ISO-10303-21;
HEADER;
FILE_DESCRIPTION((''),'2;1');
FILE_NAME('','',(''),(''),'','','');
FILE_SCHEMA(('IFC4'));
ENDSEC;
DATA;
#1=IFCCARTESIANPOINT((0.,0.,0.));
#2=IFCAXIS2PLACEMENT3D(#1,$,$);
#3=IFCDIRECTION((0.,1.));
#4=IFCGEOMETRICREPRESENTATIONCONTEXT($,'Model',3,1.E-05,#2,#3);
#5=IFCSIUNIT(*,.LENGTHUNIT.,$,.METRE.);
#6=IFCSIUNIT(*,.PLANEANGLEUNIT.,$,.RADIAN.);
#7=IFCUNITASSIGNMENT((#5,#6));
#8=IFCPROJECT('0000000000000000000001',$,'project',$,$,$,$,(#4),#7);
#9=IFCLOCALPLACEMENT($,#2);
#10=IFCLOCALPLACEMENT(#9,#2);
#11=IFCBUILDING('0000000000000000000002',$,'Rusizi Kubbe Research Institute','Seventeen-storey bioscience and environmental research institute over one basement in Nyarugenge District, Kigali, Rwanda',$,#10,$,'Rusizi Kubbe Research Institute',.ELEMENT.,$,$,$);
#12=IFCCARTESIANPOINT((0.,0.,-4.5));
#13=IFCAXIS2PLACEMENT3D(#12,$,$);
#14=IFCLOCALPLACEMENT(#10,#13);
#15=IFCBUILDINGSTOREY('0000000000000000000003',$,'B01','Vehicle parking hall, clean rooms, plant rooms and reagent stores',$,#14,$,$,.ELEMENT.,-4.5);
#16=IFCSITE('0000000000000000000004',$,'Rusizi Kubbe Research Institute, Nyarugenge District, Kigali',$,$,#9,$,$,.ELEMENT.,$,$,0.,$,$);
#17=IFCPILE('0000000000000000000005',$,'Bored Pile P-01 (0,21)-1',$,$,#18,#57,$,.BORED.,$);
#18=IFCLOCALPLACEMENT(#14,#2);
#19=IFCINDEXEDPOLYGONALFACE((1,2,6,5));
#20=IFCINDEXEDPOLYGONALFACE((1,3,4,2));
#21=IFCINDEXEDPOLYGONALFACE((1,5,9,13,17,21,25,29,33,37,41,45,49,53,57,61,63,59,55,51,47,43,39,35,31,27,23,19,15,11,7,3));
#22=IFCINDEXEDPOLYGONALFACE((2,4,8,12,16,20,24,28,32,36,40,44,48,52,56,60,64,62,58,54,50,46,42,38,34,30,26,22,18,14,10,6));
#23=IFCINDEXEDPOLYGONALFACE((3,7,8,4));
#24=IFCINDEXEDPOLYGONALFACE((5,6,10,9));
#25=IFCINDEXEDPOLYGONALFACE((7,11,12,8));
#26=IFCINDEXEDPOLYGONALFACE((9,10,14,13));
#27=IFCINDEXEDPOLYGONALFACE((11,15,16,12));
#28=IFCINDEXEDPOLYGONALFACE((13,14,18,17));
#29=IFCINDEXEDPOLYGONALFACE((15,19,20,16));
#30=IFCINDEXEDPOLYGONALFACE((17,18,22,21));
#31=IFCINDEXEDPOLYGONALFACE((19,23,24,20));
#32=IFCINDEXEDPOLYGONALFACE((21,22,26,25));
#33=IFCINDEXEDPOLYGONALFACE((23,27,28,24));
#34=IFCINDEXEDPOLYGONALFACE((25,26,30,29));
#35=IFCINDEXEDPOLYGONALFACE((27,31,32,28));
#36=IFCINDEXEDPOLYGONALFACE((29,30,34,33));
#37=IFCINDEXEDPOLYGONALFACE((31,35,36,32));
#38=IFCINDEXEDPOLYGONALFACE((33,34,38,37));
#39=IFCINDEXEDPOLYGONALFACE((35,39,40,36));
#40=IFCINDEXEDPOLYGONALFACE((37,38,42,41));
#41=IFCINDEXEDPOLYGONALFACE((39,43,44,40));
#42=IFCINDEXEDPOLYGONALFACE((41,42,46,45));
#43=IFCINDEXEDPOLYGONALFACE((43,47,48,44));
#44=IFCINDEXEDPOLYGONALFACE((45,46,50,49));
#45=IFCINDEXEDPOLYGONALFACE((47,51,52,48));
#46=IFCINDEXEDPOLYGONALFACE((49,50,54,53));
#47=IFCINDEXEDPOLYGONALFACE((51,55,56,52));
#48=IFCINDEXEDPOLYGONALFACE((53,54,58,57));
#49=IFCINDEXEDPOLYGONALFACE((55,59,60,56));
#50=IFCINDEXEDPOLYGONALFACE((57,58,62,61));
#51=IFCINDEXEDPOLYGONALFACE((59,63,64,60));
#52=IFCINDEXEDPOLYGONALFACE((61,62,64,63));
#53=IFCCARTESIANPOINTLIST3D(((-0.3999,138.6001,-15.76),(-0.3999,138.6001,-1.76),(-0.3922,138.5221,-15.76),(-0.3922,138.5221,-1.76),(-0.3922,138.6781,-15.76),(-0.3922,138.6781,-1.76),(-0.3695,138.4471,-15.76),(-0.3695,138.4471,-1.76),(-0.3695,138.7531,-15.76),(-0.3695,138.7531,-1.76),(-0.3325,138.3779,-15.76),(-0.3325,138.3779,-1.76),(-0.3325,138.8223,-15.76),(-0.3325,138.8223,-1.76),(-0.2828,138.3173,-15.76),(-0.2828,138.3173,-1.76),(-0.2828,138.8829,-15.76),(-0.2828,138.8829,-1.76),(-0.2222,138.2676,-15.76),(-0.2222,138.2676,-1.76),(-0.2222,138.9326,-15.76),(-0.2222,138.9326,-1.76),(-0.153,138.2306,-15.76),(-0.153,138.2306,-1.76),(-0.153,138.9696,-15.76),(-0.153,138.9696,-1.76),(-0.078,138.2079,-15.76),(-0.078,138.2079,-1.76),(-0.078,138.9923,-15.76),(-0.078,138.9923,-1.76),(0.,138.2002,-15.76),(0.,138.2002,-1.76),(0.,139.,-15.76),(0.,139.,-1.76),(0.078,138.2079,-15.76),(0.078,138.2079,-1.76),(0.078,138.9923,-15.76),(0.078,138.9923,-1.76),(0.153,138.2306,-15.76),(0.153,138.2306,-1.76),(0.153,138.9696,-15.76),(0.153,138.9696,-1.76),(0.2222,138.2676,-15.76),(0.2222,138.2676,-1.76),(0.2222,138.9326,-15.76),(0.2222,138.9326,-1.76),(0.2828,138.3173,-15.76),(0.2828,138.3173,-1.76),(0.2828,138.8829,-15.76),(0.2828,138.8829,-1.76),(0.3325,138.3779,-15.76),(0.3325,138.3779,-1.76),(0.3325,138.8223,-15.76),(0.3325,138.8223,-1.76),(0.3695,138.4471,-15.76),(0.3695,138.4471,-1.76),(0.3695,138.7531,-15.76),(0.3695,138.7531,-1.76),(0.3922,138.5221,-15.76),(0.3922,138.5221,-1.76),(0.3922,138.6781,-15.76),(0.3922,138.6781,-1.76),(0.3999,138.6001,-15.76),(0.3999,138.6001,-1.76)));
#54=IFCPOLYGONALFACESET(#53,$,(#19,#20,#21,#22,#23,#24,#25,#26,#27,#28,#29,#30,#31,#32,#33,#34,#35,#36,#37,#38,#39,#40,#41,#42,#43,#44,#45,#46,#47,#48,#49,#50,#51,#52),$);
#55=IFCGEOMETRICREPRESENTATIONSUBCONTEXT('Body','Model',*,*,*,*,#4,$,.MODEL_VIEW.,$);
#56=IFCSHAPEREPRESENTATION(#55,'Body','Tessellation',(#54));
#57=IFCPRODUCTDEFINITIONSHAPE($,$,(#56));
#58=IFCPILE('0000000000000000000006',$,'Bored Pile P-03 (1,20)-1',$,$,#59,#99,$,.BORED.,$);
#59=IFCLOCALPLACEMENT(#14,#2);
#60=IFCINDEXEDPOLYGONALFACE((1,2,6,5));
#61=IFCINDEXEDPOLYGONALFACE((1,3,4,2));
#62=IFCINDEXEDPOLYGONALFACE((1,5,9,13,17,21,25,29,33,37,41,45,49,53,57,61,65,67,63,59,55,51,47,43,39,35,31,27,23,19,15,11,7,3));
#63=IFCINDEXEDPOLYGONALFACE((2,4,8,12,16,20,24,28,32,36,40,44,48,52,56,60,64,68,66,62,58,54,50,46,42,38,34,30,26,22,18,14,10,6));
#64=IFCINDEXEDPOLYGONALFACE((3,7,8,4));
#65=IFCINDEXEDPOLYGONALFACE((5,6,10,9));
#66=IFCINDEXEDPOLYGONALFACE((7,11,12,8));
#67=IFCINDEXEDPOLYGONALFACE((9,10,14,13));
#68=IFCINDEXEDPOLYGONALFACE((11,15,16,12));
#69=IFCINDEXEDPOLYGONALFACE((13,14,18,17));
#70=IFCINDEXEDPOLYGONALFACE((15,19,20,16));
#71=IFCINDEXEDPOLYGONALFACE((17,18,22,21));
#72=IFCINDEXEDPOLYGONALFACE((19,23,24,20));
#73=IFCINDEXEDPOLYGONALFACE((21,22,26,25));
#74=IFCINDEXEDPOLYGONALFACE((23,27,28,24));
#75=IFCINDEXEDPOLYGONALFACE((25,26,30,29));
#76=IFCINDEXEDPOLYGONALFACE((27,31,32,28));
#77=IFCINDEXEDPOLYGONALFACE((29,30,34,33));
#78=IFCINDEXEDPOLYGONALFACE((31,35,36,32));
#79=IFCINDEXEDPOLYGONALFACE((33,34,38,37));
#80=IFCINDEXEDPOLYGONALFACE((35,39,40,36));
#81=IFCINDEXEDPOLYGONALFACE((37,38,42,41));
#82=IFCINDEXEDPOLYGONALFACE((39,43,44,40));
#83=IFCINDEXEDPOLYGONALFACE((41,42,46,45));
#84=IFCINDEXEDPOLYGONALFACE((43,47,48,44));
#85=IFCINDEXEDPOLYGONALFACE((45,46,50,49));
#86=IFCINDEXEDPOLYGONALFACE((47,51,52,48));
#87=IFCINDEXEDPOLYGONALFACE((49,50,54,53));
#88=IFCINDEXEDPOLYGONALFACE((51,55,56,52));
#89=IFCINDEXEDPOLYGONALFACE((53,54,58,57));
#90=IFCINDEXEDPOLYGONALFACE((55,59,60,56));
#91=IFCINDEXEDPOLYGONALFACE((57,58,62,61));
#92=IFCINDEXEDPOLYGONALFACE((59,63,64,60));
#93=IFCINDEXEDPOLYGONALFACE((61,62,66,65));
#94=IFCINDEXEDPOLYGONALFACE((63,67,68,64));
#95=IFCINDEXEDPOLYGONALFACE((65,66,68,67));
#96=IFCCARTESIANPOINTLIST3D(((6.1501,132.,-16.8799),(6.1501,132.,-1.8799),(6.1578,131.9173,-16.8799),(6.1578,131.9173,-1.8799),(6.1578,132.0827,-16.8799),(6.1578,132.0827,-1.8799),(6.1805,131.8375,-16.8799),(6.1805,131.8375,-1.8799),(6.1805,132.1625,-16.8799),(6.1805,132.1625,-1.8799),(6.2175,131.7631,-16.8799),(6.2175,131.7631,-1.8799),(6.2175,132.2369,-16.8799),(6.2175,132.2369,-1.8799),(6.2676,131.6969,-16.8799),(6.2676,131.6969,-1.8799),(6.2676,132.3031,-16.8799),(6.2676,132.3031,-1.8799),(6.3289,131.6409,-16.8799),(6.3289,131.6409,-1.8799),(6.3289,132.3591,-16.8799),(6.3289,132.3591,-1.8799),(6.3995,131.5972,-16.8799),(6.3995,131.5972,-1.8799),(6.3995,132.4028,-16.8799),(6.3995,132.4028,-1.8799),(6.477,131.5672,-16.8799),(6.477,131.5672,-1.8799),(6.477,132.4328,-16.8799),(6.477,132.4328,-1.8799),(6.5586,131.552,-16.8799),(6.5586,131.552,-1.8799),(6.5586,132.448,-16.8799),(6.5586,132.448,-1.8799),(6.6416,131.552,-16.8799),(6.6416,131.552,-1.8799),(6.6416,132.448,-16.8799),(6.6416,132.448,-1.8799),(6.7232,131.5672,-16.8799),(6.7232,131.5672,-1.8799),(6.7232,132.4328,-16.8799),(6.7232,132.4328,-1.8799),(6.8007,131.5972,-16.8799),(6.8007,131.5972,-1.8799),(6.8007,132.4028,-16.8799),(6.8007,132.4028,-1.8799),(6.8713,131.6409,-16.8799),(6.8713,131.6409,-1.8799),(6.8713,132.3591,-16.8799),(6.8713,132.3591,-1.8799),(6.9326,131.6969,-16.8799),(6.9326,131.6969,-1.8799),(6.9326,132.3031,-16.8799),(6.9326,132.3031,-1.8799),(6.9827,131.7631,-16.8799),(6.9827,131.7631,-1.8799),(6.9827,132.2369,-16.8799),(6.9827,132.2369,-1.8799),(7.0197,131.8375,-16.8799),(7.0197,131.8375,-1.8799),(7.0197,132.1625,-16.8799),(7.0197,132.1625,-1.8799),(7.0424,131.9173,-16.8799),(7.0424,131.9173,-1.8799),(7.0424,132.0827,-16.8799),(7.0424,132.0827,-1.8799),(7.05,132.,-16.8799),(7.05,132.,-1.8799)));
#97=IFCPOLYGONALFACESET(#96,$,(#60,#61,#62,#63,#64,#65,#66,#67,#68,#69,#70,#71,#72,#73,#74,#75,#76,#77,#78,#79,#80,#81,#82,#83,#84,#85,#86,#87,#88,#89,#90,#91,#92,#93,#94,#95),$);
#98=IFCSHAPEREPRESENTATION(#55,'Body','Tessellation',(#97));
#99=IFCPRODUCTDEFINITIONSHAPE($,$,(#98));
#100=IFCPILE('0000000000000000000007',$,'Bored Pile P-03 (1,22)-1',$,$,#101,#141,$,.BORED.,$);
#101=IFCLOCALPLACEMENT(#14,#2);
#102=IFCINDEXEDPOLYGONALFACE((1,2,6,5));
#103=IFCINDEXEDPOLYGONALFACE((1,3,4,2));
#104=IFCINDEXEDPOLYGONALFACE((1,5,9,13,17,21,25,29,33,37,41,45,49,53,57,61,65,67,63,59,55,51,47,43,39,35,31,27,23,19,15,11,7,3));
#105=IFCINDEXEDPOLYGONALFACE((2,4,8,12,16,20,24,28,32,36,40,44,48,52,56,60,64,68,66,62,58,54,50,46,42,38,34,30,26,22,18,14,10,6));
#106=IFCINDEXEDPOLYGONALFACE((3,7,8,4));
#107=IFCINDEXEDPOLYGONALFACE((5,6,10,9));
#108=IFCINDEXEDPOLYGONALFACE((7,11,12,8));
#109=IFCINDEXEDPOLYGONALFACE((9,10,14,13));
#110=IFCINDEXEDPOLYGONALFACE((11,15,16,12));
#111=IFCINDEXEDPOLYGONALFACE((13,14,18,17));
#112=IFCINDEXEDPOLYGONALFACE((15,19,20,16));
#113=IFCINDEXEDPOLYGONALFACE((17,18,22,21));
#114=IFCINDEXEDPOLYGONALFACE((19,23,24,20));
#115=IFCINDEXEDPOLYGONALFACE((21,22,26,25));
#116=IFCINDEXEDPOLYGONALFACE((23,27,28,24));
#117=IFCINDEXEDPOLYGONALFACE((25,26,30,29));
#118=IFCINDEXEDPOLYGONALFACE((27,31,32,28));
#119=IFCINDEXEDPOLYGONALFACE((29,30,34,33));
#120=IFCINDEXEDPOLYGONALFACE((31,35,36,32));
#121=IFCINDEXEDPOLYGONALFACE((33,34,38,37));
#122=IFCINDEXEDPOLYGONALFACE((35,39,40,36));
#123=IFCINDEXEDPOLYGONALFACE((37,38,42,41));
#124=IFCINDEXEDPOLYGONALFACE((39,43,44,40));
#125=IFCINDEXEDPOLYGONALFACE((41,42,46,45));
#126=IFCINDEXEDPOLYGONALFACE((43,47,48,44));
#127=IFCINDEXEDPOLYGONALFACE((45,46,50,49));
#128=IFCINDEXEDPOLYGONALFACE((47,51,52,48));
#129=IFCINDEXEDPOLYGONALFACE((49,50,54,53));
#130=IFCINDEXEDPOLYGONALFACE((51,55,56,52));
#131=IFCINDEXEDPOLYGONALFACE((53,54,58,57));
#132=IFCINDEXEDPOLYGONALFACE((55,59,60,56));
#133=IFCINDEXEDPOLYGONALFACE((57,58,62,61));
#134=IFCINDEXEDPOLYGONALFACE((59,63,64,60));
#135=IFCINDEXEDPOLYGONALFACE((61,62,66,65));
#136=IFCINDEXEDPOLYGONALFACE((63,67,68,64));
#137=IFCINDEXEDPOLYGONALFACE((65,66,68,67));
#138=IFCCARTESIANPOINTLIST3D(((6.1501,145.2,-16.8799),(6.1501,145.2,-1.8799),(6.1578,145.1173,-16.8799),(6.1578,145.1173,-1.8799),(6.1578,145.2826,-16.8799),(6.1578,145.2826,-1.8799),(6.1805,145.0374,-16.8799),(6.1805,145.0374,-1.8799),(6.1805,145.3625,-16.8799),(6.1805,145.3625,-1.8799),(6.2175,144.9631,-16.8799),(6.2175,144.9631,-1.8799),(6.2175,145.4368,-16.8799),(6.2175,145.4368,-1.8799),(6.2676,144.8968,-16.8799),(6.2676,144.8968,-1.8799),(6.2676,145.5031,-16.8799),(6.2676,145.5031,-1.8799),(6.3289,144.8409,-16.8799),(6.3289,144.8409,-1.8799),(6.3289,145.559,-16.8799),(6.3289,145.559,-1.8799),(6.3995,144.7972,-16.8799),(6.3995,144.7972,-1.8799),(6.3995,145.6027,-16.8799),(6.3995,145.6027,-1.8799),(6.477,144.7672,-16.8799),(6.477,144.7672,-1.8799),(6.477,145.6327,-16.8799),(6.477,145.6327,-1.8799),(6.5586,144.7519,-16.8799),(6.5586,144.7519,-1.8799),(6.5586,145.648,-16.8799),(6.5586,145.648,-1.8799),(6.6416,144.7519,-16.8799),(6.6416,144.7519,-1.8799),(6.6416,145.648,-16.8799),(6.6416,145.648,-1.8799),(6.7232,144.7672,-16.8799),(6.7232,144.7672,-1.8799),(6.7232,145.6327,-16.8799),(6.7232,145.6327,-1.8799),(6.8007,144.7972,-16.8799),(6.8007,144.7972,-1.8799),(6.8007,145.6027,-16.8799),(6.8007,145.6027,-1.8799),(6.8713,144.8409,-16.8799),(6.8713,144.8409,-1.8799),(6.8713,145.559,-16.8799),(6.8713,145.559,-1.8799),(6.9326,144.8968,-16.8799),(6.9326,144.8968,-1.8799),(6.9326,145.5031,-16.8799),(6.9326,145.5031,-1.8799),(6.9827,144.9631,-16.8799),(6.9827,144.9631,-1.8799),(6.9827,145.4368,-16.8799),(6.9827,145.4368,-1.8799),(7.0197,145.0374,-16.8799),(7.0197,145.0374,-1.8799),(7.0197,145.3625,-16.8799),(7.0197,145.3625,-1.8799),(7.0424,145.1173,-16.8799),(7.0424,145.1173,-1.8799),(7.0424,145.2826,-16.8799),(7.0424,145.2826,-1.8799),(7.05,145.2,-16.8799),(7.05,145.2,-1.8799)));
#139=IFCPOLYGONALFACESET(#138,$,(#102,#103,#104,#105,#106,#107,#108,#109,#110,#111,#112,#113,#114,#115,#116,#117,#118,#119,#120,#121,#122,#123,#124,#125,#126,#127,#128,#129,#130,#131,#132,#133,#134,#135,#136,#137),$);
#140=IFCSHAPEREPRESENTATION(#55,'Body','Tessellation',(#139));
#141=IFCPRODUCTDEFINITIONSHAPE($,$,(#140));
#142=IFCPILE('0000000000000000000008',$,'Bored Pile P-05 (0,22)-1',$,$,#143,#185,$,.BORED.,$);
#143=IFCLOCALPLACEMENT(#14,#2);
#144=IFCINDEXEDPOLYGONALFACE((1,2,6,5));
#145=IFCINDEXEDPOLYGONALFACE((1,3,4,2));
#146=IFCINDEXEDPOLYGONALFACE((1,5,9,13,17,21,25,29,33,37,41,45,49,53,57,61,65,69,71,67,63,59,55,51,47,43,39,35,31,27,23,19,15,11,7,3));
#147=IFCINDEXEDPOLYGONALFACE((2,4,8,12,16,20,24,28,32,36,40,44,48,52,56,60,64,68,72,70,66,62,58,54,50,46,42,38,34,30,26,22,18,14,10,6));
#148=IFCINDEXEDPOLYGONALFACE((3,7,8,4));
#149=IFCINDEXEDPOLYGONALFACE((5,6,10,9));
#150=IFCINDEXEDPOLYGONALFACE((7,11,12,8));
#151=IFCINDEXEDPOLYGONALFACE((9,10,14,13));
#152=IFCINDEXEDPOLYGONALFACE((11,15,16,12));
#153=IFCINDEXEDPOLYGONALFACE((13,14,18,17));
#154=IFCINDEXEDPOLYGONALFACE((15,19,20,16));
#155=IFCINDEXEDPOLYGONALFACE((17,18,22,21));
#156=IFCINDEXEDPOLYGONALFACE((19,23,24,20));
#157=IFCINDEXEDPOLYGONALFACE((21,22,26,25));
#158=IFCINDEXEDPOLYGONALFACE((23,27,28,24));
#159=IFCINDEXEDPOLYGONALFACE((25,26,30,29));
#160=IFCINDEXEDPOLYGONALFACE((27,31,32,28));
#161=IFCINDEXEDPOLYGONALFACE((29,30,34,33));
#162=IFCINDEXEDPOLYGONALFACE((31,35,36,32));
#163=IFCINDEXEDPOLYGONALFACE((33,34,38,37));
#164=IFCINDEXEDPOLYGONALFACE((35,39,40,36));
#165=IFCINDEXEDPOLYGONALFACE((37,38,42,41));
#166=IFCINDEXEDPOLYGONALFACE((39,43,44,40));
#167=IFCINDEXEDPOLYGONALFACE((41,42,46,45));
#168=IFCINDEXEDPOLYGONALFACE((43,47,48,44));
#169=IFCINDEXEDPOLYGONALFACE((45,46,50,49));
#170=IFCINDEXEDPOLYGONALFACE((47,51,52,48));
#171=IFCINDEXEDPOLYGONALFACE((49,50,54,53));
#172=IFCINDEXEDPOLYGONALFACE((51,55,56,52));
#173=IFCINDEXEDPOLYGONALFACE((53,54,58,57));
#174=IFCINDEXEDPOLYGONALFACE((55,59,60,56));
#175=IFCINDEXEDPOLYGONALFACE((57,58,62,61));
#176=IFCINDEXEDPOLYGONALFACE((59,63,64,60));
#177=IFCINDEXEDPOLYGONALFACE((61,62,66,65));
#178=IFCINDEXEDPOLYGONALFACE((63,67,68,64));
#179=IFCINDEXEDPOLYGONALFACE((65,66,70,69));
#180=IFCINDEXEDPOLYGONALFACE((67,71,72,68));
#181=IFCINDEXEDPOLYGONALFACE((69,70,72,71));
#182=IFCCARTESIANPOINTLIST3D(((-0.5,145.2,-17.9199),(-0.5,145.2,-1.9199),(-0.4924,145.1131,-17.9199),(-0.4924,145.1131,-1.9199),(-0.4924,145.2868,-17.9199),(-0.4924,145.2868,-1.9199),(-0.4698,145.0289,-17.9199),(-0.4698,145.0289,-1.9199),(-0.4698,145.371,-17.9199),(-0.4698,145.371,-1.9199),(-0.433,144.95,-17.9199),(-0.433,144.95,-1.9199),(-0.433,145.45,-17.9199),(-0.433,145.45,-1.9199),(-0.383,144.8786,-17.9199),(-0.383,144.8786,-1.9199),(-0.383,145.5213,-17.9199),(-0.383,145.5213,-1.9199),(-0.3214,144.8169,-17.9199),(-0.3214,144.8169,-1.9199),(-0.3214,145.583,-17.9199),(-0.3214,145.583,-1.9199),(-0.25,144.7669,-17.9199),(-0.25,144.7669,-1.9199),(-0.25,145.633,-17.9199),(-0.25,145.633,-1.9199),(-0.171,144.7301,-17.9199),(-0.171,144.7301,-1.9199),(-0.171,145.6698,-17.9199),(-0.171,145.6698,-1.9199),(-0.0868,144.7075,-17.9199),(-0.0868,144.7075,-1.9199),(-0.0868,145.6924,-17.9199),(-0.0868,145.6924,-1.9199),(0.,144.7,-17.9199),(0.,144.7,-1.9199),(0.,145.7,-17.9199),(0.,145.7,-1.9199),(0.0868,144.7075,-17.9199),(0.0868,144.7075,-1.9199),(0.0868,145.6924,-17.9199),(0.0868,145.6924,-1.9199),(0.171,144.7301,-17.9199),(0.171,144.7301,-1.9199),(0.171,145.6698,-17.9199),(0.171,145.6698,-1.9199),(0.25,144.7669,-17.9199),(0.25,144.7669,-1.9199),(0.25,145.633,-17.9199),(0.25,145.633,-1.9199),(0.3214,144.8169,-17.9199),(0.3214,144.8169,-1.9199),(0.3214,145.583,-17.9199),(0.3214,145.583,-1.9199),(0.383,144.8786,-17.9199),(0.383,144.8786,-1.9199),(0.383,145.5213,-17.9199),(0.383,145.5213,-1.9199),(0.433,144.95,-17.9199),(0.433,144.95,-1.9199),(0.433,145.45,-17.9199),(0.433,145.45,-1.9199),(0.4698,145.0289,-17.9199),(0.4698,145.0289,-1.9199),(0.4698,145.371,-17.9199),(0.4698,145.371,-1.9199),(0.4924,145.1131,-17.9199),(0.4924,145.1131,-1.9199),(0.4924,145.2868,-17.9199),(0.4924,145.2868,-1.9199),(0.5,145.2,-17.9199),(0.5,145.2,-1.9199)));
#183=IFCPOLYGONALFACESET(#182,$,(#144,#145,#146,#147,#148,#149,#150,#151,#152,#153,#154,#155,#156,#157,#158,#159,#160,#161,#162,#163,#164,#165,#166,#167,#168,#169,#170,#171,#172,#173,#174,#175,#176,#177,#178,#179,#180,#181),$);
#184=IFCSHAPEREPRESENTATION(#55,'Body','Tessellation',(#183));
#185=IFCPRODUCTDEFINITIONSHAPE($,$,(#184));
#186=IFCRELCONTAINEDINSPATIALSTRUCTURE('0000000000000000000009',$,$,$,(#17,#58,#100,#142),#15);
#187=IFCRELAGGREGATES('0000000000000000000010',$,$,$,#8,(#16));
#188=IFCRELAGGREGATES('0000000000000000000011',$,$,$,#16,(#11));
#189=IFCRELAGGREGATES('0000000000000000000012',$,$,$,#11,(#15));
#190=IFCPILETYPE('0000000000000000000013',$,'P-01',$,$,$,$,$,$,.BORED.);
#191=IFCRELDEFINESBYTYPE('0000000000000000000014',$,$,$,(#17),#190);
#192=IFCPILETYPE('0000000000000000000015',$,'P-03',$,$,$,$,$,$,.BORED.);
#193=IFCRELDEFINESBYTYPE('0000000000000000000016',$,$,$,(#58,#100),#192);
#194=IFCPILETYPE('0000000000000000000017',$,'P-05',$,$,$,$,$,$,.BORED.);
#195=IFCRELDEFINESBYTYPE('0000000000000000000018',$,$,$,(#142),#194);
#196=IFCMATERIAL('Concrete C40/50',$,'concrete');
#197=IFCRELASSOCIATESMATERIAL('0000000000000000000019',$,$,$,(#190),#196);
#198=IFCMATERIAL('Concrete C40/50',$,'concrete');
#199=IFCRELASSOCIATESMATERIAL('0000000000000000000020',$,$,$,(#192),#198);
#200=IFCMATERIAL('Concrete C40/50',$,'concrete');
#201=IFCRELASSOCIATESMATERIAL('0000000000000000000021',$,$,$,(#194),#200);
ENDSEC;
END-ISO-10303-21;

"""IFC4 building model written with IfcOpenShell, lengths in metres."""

from ifc_helpers import new_model, si_unit, direction, frame, origin, origin_2d, place, context, subcontext, project, spatial, circle, extrude, material, material_profile, profile_set, type_object, element, save


model = new_model("IFC4")

# Units and contexts
model_context = context("Model", 3, precision=1e-05, world=origin(), true_north=direction((0.0, 1.0)))
body_context = subcontext(model_context, "Body", "Model", "MODEL_VIEW")
ifc_project = project(units=[si_unit("LENGTHUNIT", "METRE"), si_unit("PLANEANGLEUNIT", "RADIAN")], contexts=[model_context])

# Site, building, storey
site_placement = place(None, origin())
site = spatial("IfcSite", under=ifc_project, at=site_placement, Name="Rusizi Kubbe Research Institute, Nyarugenge District, Kigali", CompositionType="ELEMENT", RefElevation=0.0)
building_placement = place(site_placement, origin())
building = spatial("IfcBuilding", under=site, at=building_placement, Name="Rusizi Kubbe Research Institute", Description="Seventeen-storey bioscience and environmental research institute over one basement in Nyarugenge District, Kigali, Rwanda", LongName="Rusizi Kubbe Research Institute", CompositionType="ELEMENT")
storey_placement = place(building_placement, frame((0.0, 0.0, -4.5)))
storey = spatial("IfcBuildingStorey", under=building, at=storey_placement, Name="B01", Description="Vehicle parking hall, clean rooms, plant rooms and reagent stores", CompositionType="ELEMENT", Elevation=-4.5)

# Piles
ifc_material_1 = material(Name="Concrete C40/50", Category="concrete")
ifc_material_profile_1 = material_profile(ifc_material_1, circle(Radius=0.3999, at=origin_2d()), Name="PILE-D800")
ifc_profile_set_1 = profile_set([ifc_material_profile_1], Name="Concrete C40/50")
pile_type_1 = type_object("IfcPileType", Name="P-01", PredefinedType="BORED", material=ifc_profile_set_1)
pile_1_placement = place(storey_placement, frame((0.0, 138.6001, -1.76), z_axis=(0.0, 0.0, -1.0), x_axis=(1.0, 0.0, 0.0)))
element("IfcPile", 1, at=pile_1_placement, inside=storey, type_object=pile_type_1, Name="Bored Pile P-01 (0,21)-1", PredefinedType="BORED", context=body_context, shape_type="SweptSolid", body=[
    extrude(circle(Radius=0.3999, at=origin_2d()), origin(), (0.0, 0.0, 1.0), 14.0),
])
ifc_material_2 = material(Name="Concrete C40/50", Category="concrete")
ifc_material_profile_2 = material_profile(ifc_material_2, circle(Radius=0.45, at=origin_2d()), Name="PILE-D900")
ifc_profile_set_2 = profile_set([ifc_material_profile_2], Name="Concrete C40/50")
pile_type_2 = type_object("IfcPileType", Name="P-03", PredefinedType="BORED", material=ifc_profile_set_2)
for number, where, z_axis, x_axis, name in (
    (2, (6.6001, 132.0, -1.8799), (0.0, 0.0, -1.0), (1.0, 0.0, 0.0), "Bored Pile P-03 (1,20)-1"),
    (3, (6.6001, 145.2, -1.8799), (0.0, 0.0, -1.0), (1.0, 0.0, 0.0), "Bored Pile P-03 (1,22)-1"),
):
    element("IfcPile", number, at=place(storey_placement, frame(where, z_axis=z_axis, x_axis=x_axis)), inside=storey, type_object=pile_type_2, Name=name, PredefinedType="BORED", context=body_context, shape_type="SweptSolid", body=[
        extrude(circle(Radius=0.45, at=origin_2d()), origin(), (0.0, 0.0, 1.0), 15.0),
    ])
ifc_material_3 = material(Name="Concrete C40/50", Category="concrete")
ifc_material_profile_3 = material_profile(ifc_material_3, circle(Radius=0.5, at=origin_2d()), Name="PILE-D1000")
ifc_profile_set_3 = profile_set([ifc_material_profile_3], Name="Concrete C40/50")
pile_type_3 = type_object("IfcPileType", Name="P-05", PredefinedType="BORED", material=ifc_profile_set_3)
pile_2_placement = place(storey_placement, frame((0.0, 145.2, -1.9199), z_axis=(0.0, 0.0, -1.0), x_axis=(1.0, 0.0, 0.0)))
element("IfcPile", 4, at=pile_2_placement, inside=storey, type_object=pile_type_3, Name="Bored Pile P-05 (0,22)-1", PredefinedType="BORED", context=body_context, shape_type="SweptSolid", body=[
    extrude(circle(Radius=0.5, at=origin_2d()), origin(), (0.0, 0.0, 1.0), 16.0),
])

save(model, "model.ifc")
